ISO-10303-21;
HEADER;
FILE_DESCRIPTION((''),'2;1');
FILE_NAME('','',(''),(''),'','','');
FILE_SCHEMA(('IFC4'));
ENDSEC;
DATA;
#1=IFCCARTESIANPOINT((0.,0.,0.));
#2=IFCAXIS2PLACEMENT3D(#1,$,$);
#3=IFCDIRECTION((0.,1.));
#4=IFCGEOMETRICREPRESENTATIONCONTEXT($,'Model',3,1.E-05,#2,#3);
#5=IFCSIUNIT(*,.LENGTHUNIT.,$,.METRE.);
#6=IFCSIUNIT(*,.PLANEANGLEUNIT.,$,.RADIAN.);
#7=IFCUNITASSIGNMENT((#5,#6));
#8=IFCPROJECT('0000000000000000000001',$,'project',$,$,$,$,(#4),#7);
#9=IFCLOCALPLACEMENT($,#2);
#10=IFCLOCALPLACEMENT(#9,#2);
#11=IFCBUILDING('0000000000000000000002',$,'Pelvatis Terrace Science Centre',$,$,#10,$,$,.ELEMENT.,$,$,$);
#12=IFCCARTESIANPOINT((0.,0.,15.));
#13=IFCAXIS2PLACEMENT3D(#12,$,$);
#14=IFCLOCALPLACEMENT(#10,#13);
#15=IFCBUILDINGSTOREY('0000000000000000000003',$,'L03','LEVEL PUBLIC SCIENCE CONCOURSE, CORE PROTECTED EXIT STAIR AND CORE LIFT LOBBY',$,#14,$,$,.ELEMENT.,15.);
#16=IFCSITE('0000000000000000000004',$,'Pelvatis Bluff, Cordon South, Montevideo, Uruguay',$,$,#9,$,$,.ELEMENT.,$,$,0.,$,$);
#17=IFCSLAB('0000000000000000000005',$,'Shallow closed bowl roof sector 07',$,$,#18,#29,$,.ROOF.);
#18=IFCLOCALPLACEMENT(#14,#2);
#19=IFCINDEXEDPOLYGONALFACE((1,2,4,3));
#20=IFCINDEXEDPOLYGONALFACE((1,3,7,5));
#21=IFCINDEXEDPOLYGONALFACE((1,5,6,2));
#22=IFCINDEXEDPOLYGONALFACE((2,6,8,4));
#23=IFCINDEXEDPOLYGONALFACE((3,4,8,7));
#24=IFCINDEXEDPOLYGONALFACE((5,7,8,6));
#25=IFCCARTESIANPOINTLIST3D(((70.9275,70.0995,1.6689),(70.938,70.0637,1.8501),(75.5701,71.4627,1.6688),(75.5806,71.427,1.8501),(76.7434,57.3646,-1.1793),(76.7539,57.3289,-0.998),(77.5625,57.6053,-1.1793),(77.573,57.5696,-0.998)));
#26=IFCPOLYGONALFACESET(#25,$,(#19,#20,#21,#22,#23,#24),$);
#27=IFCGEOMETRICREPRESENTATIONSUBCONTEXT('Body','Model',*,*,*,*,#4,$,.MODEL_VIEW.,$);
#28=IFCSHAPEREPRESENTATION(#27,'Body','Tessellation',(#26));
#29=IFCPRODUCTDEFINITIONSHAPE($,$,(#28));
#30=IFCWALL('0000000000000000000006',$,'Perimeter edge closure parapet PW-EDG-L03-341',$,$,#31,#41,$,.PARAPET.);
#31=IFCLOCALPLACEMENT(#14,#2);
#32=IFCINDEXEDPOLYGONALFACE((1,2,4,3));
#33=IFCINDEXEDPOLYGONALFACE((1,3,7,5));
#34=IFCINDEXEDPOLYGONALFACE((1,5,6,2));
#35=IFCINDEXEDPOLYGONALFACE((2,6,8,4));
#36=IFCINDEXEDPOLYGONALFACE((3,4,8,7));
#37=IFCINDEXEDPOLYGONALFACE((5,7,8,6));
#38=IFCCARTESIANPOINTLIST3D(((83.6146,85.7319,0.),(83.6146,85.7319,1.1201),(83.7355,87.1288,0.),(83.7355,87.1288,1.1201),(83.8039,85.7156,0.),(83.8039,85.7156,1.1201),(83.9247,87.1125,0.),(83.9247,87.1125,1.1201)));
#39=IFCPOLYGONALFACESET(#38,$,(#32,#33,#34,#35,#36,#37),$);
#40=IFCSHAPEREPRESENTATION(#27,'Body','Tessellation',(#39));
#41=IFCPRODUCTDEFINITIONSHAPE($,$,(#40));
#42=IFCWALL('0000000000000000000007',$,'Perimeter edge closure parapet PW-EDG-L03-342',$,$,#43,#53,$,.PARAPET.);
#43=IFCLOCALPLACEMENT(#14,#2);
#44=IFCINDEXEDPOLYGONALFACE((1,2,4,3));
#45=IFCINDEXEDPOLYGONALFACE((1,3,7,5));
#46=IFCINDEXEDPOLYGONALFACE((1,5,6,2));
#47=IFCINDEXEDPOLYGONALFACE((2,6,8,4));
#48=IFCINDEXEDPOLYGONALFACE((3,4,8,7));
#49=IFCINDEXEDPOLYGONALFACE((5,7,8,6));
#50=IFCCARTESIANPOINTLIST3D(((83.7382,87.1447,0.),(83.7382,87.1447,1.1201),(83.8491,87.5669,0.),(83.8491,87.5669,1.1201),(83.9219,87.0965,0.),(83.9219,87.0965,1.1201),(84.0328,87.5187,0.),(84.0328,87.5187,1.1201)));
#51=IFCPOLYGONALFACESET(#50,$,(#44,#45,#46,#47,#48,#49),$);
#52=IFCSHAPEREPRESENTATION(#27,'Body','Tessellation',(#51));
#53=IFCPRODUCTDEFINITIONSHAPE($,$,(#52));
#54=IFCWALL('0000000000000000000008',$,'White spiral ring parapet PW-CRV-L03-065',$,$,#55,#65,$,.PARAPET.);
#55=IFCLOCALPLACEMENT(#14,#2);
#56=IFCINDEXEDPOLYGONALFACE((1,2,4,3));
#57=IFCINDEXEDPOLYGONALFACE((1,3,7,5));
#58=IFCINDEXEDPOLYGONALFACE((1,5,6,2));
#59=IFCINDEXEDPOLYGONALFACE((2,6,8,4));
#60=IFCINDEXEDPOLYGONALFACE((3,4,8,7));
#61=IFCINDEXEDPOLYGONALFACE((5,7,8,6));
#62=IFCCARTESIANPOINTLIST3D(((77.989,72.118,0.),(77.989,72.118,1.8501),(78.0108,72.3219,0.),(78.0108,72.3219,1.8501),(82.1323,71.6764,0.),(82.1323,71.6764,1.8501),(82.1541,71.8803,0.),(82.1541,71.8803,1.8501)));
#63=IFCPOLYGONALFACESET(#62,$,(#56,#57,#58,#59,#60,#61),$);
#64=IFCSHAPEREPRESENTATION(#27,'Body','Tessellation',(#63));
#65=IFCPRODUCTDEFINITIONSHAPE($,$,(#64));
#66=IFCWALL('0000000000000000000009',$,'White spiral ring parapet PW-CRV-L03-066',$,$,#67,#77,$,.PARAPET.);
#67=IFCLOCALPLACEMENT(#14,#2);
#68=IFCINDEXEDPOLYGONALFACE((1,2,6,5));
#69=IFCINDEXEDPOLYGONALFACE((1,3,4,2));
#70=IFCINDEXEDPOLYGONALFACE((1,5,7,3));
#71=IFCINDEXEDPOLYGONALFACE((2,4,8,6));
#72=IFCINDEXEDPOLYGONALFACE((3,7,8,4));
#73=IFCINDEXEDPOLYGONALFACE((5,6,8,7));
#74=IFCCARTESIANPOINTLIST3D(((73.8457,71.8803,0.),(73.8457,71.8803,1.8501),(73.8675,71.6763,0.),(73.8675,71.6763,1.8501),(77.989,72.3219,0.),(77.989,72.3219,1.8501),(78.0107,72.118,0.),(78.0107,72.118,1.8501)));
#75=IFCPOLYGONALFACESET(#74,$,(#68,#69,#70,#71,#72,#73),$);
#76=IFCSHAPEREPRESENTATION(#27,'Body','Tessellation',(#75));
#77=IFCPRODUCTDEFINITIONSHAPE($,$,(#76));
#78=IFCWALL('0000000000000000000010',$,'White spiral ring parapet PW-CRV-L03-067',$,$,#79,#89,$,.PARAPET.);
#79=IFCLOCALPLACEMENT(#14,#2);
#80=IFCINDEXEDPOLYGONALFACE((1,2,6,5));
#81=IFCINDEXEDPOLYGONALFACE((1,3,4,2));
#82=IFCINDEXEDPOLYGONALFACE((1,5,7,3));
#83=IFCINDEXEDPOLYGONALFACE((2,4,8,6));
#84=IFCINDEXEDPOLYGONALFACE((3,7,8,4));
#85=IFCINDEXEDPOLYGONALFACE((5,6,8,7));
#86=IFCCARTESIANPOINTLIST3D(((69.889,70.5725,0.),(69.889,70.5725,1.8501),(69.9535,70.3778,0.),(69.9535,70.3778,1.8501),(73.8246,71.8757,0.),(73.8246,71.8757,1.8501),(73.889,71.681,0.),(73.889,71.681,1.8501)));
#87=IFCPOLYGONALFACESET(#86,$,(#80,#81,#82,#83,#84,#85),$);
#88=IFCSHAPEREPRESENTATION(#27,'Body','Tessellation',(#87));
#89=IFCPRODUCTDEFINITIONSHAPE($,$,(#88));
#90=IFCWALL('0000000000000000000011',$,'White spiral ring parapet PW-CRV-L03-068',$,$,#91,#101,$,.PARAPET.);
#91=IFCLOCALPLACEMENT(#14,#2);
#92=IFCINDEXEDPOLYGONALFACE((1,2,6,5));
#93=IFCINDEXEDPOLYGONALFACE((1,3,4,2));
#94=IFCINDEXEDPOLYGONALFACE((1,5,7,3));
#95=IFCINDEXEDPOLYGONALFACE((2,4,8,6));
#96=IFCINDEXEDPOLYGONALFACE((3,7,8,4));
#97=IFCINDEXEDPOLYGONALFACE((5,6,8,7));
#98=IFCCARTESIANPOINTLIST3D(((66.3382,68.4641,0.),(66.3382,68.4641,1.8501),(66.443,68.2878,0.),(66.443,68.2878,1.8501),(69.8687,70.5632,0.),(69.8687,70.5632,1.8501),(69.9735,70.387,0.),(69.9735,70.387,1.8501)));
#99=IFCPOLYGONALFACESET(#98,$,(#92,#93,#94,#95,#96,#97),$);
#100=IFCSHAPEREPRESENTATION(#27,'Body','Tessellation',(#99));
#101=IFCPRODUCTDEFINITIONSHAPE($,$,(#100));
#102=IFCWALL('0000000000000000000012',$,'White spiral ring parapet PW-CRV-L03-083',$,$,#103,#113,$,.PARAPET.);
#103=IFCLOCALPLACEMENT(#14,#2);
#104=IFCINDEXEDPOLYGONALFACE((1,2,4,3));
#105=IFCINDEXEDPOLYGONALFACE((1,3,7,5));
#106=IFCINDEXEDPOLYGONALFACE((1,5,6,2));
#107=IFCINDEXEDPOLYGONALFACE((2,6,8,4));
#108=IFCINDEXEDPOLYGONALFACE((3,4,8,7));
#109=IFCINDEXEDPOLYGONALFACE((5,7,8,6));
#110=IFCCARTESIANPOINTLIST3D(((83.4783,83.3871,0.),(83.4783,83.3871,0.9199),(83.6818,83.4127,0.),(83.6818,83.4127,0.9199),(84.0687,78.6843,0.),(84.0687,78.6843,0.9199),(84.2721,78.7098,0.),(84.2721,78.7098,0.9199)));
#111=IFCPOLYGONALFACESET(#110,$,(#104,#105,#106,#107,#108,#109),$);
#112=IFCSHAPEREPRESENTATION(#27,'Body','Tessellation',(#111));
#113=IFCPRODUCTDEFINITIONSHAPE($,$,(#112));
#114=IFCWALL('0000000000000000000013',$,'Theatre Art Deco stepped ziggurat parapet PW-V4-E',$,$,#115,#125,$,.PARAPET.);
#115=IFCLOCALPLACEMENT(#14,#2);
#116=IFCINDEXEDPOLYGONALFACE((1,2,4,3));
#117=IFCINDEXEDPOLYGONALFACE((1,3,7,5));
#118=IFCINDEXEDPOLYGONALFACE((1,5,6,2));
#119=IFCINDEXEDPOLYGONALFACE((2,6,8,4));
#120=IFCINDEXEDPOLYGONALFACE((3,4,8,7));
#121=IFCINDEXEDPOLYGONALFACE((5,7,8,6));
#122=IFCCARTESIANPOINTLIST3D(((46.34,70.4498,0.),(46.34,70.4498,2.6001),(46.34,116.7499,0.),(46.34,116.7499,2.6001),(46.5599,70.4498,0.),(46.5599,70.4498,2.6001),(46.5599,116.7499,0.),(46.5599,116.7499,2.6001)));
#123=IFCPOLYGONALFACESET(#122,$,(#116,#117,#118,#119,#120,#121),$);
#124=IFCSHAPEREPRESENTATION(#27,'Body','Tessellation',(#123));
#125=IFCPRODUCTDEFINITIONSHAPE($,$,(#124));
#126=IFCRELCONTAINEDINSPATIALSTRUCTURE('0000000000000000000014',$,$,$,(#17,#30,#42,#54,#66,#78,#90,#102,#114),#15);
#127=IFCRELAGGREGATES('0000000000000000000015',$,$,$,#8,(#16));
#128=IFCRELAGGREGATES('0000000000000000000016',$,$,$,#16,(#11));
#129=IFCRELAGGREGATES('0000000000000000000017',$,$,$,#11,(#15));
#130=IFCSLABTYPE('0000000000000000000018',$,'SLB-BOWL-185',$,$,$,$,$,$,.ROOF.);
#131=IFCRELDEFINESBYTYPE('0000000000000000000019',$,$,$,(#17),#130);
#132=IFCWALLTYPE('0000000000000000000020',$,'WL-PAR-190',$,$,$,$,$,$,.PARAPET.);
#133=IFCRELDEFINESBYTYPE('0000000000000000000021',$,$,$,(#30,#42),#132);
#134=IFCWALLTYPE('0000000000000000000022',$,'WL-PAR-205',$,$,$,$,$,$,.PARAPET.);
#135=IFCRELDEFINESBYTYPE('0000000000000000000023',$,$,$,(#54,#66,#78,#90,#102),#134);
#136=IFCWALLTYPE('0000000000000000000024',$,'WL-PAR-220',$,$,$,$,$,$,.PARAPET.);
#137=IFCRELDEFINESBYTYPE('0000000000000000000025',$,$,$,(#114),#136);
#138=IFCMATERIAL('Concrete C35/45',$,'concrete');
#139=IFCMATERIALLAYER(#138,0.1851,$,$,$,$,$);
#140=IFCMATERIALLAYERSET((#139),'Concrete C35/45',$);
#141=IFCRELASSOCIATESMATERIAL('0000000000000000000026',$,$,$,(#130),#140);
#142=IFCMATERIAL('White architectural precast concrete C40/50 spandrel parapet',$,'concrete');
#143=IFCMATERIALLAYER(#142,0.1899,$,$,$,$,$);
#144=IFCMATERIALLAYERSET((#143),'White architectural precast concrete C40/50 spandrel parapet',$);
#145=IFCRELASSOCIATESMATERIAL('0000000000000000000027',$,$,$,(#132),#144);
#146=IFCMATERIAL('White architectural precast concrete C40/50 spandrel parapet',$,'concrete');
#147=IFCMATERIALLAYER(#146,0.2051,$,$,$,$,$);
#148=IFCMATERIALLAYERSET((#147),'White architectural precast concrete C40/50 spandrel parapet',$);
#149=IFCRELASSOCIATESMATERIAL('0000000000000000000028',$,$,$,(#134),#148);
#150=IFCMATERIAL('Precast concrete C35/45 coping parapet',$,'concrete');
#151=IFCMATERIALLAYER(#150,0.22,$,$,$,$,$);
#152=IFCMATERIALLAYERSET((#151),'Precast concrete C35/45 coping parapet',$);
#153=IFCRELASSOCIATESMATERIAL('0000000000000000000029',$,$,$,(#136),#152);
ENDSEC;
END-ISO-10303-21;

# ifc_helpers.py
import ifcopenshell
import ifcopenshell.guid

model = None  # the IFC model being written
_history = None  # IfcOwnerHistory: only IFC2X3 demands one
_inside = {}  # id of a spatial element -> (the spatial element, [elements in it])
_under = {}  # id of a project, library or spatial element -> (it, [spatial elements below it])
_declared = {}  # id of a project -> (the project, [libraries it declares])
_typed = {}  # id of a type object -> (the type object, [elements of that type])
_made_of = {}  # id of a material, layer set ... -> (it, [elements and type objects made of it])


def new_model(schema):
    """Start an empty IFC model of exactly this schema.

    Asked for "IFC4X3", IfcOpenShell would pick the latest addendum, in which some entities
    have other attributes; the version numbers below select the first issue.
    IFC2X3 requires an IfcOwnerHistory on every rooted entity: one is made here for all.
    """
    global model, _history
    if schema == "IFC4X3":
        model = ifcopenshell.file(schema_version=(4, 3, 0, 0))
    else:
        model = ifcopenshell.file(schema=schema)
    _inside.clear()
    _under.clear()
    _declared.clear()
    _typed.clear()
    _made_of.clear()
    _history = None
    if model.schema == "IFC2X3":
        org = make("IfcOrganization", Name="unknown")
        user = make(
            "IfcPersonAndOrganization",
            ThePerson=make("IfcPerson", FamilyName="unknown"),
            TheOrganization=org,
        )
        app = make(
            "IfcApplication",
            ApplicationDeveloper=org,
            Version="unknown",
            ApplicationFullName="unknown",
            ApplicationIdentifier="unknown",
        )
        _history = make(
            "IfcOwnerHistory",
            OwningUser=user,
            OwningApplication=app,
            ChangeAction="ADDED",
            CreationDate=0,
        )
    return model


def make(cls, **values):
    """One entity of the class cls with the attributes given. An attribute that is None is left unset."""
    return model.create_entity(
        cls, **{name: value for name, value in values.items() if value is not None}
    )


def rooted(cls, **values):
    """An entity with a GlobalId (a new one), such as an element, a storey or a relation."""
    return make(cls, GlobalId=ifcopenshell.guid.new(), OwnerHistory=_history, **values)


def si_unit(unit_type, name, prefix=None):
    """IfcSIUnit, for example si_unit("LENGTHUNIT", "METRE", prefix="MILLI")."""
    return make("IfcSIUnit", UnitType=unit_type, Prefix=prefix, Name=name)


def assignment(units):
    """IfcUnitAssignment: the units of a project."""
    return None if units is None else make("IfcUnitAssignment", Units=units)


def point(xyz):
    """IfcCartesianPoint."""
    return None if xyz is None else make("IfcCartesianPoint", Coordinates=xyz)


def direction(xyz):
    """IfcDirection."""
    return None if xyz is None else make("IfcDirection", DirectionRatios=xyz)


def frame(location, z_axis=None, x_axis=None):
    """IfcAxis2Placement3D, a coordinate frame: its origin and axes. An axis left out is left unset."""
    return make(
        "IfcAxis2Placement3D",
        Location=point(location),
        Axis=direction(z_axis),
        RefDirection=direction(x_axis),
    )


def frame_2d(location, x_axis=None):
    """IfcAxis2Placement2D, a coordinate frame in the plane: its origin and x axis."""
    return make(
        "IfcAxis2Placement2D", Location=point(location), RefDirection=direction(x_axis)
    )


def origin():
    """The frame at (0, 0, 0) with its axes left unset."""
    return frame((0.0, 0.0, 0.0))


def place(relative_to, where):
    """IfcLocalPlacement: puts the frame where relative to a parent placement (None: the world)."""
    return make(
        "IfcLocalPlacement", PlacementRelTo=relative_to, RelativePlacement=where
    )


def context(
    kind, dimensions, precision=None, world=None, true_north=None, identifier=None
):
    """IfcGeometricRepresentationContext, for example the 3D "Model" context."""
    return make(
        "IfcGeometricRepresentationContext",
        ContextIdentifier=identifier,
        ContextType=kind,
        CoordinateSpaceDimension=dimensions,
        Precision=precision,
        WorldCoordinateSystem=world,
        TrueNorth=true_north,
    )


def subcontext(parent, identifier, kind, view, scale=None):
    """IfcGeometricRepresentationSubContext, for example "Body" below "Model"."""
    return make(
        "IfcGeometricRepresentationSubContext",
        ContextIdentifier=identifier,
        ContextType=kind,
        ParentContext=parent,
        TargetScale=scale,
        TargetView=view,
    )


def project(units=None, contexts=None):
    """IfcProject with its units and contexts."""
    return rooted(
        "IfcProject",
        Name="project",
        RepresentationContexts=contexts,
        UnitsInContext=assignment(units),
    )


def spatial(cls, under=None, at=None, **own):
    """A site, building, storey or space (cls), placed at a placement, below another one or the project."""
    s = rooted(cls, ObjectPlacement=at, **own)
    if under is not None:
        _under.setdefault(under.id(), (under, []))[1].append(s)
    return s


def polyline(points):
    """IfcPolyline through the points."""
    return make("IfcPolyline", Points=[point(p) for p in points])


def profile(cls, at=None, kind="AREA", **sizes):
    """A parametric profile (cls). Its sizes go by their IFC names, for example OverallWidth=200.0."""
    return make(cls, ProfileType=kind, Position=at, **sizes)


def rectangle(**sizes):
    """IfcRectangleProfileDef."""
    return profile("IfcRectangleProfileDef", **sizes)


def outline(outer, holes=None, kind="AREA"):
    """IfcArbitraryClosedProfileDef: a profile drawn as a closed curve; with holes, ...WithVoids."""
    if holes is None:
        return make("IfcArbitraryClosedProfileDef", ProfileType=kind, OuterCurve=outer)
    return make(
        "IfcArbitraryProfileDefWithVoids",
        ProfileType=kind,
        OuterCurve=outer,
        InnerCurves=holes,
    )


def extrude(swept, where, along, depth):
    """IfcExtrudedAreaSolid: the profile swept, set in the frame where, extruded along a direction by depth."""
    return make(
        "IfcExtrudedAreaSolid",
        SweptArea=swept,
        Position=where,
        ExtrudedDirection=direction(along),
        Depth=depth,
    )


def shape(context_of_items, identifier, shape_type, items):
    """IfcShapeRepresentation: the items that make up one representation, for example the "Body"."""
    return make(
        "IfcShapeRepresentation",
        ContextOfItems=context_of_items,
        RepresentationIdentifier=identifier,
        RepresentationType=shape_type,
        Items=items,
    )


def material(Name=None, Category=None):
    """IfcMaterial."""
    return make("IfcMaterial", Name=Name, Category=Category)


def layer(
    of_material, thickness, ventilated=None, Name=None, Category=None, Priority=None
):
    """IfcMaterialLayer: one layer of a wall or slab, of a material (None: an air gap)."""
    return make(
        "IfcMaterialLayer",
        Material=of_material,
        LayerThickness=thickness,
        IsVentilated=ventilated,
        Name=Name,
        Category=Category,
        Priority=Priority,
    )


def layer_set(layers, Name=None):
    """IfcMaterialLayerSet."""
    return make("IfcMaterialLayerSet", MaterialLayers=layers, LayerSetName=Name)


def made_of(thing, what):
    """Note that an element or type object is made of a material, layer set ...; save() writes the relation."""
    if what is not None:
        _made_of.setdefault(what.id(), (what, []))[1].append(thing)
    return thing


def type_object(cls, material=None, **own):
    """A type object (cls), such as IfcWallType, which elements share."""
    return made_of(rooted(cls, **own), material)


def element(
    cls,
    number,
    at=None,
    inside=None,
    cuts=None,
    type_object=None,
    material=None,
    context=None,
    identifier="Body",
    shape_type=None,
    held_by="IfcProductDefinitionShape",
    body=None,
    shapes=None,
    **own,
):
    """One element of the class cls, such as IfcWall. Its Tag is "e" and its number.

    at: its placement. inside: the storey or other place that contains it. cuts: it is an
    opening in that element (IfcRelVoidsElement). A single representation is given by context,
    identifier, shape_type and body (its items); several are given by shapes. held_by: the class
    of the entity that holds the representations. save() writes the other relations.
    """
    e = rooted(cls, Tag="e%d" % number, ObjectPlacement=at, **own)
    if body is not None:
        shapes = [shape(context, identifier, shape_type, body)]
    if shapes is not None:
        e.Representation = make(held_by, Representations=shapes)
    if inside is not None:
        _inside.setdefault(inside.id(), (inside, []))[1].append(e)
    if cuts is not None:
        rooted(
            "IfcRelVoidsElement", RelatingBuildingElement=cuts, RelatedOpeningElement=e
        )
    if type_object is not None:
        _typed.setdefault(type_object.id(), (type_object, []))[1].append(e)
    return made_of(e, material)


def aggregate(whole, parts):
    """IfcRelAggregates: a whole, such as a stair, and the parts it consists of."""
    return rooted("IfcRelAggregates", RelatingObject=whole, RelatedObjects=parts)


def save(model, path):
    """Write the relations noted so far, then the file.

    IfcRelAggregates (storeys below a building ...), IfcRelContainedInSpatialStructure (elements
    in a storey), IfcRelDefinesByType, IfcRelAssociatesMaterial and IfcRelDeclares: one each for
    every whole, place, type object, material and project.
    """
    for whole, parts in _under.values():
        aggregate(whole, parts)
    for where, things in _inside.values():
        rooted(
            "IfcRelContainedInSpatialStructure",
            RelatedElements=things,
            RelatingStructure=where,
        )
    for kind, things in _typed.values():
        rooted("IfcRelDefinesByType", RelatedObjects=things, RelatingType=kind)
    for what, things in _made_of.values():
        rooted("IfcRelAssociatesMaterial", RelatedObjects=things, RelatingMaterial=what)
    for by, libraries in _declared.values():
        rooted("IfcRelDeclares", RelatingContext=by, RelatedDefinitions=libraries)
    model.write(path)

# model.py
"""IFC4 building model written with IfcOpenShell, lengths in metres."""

from ifc_helpers import new_model, si_unit, direction, frame, frame_2d, origin, place, context, subcontext, project, spatial, polyline, rectangle, outline, extrude, material, layer, layer_set, type_object, element, save


model = new_model("IFC4")

# Units and contexts
model_context = context("Model", 3, precision=1e-05, world=origin(), true_north=direction((0.0, 1.0)))
body_context = subcontext(model_context, "Body", "Model", "MODEL_VIEW")
ifc_project = project(units=[si_unit("LENGTHUNIT", "METRE"), si_unit("PLANEANGLEUNIT", "RADIAN")], contexts=[model_context])

# Site, building, storey
site_placement = place(None, origin())
site = spatial("IfcSite", under=ifc_project, at=site_placement, Name="Pelvatis Bluff, Cordon South, Montevideo, Uruguay", CompositionType="ELEMENT", RefElevation=0.0)
building_placement = place(site_placement, origin())
building = spatial("IfcBuilding", under=site, at=building_placement, Name="Pelvatis Terrace Science Centre", CompositionType="ELEMENT")
storey_placement = place(building_placement, frame((0.0, 0.0, 15.0)))
storey = spatial("IfcBuildingStorey", under=building, at=storey_placement, Name="L03", Description="LEVEL PUBLIC SCIENCE CONCOURSE, CORE PROTECTED EXIT STAIR AND CORE LIFT LOBBY", CompositionType="ELEMENT", Elevation=15.0)

# Slab
ifc_material_1 = material(Name="Concrete C35/45", Category="concrete")
ifc_layer_1 = layer(ifc_material_1, 0.1851)
ifc_layer_set_1 = layer_set([ifc_layer_1], Name="Concrete C35/45")
slab_type = type_object("IfcSlabType", Name="SLB-BOWL-185", PredefinedType="ROOF", material=ifc_layer_set_1)
slab_1_placement = place(storey_placement, frame((75.5806, 71.427, 1.8501), z_axis=(0.056729, -0.193165, 0.979525), x_axis=(-0.959487, -0.281752, 0.000007)))
element("IfcSlab", 1, at=slab_1_placement, inside=storey, type_object=slab_type, Name="Shallow closed bowl roof sector 07", PredefinedType="ROOF", context=body_context, shape_type="SweptSolid", body=[
    extrude(outline(polyline([(0.0, 0.0), (4.8386, 0.0), (2.8464, 14.1472), (1.9926, 14.1471), (0.0, 0.0)])), origin(), (0.0, 0.0, -1.0), 0.1851),
])

# Walls
ifc_material_2 = material(Name="White architectural precast concrete C40/50 spandrel parapet", Category="concrete")
ifc_layer_2 = layer(ifc_material_2, 0.1899)
ifc_layer_set_2 = layer_set([ifc_layer_2], Name="White architectural precast concrete C40/50 spandrel parapet")
wall_type_1 = type_object("IfcWallType", Name="WL-PAR-190", PredefinedType="PARAPET", material=ifc_layer_set_2)
wall_1_placement = place(storey_placement, frame((83.7092, 85.7236, 0.0), z_axis=(0.0, 0.0, 1.0), x_axis=(0.086186, 0.996279, 0.0)))
element("IfcWall", 2, at=wall_1_placement, inside=storey, type_object=wall_type_1, Name="Perimeter edge closure parapet PW-EDG-L03-341", PredefinedType="PARAPET", context=body_context, shape_type="SweptSolid", body=[
    extrude(rectangle(XDim=1.4021, YDim=0.1899, at=frame_2d((0.7012, 0.0))), origin(), (0.0, 0.0, 1.0), 1.1201),
])
wall_2_placement = place(storey_placement, frame((83.8301, 87.1206, 0.0), z_axis=(0.0, 0.0, 1.0), x_axis=(0.25397, 0.967212, 0.0)))
element("IfcWall", 3, at=wall_2_placement, inside=storey, type_object=wall_type_1, Name="Perimeter edge closure parapet PW-EDG-L03-342", PredefinedType="PARAPET", context=body_context, shape_type="SweptSolid", body=[
    extrude(rectangle(XDim=0.4365, YDim=0.1899, at=frame_2d((0.2183, 0.0))), origin(), (0.0, 0.0, 1.0), 1.1201),
])
ifc_material_3 = material(Name="White architectural precast concrete C40/50 spandrel parapet", Category="concrete")
ifc_layer_3 = layer(ifc_material_3, 0.2051)
ifc_layer_set_3 = layer_set([ifc_layer_3], Name="White architectural precast concrete C40/50 spandrel parapet")
wall_type_2 = type_object("IfcWallType", Name="WL-PAR-205", PredefinedType="PARAPET", material=ifc_layer_set_3)
for number, where, z_axis, x_axis, name in (
    (4, (82.1433, 71.7783, 0.0), (0.0, 0.0, 1.0), (-0.994367, 0.105993, 0.0), "White spiral ring parapet PW-CRV-L03-065"),
    (5, (78.0, 72.22, 0.0), (0.0, 0.0, 1.0), (-0.994367, -0.105993, 0.0), "White spiral ring parapet PW-CRV-L03-066"),
):
    element("IfcWall", number, at=place(storey_placement, frame(where, z_axis=z_axis, x_axis=x_axis)), inside=storey, type_object=wall_type_2, Name=name, PredefinedType="PARAPET", context=body_context, shape_type="SweptSolid", body=[
        extrude(rectangle(XDim=4.1667, YDim=0.2051, at=frame_2d((2.0835, 0.0))), origin(), (0.0, 0.0, 1.0), 1.8501),
    ])
wall_3_placement = place(storey_placement, frame((73.8567, 71.7783, 0.0), z_axis=(0.0, 0.0, 1.0), x_axis=(-0.949306, -0.314354, 0.0)))
element("IfcWall", 6, at=wall_3_placement, inside=storey, type_object=wall_type_2, Name="White spiral ring parapet PW-CRV-L03-067", PredefinedType="PARAPET", context=body_context, shape_type="SweptSolid", body=[
    extrude(rectangle(XDim=4.1458, YDim=0.2051, at=frame_2d((2.0728, 0.0))), origin(), (0.0, 0.0, 1.0), 1.8501),
])
wall_4_placement = place(storey_placement, frame((69.9211, 70.4751, 0.0), z_axis=(0.0, 0.0, 1.0), x_axis=(-0.859547, -0.511056, 0.0)))
element("IfcWall", 7, at=wall_4_placement, inside=storey, type_object=wall_type_2, Name="White spiral ring parapet PW-CRV-L03-068", PredefinedType="PARAPET", context=body_context, shape_type="SweptSolid", body=[
    extrude(rectangle(XDim=4.1074, YDim=0.2051, at=frame_2d((2.0537, 0.0))), origin(), (0.0, 0.0, 1.0), 1.8501),
])
wall_5_placement = place(storey_placement, frame((83.5801, 83.3999, 0.0), z_axis=(0.0, 0.0, 1.0), x_axis=(0.124548, -0.992214, 0.0)))
element("IfcWall", 8, at=wall_5_placement, inside=storey, type_object=wall_type_2, Name="White spiral ring parapet PW-CRV-L03-083", PredefinedType="PARAPET", context=body_context, shape_type="SweptSolid", body=[
    extrude(rectangle(XDim=4.7397, YDim=0.2051, at=frame_2d((2.3699, 0.0))), origin(), (0.0, 0.0, 1.0), 0.9199),
])
ifc_material_4 = material(Name="Precast concrete C35/45 coping parapet", Category="concrete")
ifc_layer_4 = layer(ifc_material_4, 0.22)
ifc_layer_set_4 = layer_set([ifc_layer_4], Name="Precast concrete C35/45 coping parapet")
wall_type_3 = type_object("IfcWallType", Name="WL-PAR-220", PredefinedType="PARAPET", material=ifc_layer_set_4)
wall_6_placement = place(storey_placement, frame((46.45, 70.45, 0.0), z_axis=(0.0, 0.0, 1.0), x_axis=(0.0, 1.0, 0.0)))
element("IfcWall", 9, at=wall_6_placement, inside=storey, type_object=wall_type_3, Name="Theatre Art Deco stepped ziggurat parapet PW-V4-E", PredefinedType="PARAPET", context=body_context, shape_type="SweptSolid", body=[
    extrude(rectangle(XDim=46.3, YDim=0.22, at=frame_2d((23.1499, 0.0))), origin(), (0.0, 0.0, 1.0), 2.6001),
])

save(model, "model.ifc")
